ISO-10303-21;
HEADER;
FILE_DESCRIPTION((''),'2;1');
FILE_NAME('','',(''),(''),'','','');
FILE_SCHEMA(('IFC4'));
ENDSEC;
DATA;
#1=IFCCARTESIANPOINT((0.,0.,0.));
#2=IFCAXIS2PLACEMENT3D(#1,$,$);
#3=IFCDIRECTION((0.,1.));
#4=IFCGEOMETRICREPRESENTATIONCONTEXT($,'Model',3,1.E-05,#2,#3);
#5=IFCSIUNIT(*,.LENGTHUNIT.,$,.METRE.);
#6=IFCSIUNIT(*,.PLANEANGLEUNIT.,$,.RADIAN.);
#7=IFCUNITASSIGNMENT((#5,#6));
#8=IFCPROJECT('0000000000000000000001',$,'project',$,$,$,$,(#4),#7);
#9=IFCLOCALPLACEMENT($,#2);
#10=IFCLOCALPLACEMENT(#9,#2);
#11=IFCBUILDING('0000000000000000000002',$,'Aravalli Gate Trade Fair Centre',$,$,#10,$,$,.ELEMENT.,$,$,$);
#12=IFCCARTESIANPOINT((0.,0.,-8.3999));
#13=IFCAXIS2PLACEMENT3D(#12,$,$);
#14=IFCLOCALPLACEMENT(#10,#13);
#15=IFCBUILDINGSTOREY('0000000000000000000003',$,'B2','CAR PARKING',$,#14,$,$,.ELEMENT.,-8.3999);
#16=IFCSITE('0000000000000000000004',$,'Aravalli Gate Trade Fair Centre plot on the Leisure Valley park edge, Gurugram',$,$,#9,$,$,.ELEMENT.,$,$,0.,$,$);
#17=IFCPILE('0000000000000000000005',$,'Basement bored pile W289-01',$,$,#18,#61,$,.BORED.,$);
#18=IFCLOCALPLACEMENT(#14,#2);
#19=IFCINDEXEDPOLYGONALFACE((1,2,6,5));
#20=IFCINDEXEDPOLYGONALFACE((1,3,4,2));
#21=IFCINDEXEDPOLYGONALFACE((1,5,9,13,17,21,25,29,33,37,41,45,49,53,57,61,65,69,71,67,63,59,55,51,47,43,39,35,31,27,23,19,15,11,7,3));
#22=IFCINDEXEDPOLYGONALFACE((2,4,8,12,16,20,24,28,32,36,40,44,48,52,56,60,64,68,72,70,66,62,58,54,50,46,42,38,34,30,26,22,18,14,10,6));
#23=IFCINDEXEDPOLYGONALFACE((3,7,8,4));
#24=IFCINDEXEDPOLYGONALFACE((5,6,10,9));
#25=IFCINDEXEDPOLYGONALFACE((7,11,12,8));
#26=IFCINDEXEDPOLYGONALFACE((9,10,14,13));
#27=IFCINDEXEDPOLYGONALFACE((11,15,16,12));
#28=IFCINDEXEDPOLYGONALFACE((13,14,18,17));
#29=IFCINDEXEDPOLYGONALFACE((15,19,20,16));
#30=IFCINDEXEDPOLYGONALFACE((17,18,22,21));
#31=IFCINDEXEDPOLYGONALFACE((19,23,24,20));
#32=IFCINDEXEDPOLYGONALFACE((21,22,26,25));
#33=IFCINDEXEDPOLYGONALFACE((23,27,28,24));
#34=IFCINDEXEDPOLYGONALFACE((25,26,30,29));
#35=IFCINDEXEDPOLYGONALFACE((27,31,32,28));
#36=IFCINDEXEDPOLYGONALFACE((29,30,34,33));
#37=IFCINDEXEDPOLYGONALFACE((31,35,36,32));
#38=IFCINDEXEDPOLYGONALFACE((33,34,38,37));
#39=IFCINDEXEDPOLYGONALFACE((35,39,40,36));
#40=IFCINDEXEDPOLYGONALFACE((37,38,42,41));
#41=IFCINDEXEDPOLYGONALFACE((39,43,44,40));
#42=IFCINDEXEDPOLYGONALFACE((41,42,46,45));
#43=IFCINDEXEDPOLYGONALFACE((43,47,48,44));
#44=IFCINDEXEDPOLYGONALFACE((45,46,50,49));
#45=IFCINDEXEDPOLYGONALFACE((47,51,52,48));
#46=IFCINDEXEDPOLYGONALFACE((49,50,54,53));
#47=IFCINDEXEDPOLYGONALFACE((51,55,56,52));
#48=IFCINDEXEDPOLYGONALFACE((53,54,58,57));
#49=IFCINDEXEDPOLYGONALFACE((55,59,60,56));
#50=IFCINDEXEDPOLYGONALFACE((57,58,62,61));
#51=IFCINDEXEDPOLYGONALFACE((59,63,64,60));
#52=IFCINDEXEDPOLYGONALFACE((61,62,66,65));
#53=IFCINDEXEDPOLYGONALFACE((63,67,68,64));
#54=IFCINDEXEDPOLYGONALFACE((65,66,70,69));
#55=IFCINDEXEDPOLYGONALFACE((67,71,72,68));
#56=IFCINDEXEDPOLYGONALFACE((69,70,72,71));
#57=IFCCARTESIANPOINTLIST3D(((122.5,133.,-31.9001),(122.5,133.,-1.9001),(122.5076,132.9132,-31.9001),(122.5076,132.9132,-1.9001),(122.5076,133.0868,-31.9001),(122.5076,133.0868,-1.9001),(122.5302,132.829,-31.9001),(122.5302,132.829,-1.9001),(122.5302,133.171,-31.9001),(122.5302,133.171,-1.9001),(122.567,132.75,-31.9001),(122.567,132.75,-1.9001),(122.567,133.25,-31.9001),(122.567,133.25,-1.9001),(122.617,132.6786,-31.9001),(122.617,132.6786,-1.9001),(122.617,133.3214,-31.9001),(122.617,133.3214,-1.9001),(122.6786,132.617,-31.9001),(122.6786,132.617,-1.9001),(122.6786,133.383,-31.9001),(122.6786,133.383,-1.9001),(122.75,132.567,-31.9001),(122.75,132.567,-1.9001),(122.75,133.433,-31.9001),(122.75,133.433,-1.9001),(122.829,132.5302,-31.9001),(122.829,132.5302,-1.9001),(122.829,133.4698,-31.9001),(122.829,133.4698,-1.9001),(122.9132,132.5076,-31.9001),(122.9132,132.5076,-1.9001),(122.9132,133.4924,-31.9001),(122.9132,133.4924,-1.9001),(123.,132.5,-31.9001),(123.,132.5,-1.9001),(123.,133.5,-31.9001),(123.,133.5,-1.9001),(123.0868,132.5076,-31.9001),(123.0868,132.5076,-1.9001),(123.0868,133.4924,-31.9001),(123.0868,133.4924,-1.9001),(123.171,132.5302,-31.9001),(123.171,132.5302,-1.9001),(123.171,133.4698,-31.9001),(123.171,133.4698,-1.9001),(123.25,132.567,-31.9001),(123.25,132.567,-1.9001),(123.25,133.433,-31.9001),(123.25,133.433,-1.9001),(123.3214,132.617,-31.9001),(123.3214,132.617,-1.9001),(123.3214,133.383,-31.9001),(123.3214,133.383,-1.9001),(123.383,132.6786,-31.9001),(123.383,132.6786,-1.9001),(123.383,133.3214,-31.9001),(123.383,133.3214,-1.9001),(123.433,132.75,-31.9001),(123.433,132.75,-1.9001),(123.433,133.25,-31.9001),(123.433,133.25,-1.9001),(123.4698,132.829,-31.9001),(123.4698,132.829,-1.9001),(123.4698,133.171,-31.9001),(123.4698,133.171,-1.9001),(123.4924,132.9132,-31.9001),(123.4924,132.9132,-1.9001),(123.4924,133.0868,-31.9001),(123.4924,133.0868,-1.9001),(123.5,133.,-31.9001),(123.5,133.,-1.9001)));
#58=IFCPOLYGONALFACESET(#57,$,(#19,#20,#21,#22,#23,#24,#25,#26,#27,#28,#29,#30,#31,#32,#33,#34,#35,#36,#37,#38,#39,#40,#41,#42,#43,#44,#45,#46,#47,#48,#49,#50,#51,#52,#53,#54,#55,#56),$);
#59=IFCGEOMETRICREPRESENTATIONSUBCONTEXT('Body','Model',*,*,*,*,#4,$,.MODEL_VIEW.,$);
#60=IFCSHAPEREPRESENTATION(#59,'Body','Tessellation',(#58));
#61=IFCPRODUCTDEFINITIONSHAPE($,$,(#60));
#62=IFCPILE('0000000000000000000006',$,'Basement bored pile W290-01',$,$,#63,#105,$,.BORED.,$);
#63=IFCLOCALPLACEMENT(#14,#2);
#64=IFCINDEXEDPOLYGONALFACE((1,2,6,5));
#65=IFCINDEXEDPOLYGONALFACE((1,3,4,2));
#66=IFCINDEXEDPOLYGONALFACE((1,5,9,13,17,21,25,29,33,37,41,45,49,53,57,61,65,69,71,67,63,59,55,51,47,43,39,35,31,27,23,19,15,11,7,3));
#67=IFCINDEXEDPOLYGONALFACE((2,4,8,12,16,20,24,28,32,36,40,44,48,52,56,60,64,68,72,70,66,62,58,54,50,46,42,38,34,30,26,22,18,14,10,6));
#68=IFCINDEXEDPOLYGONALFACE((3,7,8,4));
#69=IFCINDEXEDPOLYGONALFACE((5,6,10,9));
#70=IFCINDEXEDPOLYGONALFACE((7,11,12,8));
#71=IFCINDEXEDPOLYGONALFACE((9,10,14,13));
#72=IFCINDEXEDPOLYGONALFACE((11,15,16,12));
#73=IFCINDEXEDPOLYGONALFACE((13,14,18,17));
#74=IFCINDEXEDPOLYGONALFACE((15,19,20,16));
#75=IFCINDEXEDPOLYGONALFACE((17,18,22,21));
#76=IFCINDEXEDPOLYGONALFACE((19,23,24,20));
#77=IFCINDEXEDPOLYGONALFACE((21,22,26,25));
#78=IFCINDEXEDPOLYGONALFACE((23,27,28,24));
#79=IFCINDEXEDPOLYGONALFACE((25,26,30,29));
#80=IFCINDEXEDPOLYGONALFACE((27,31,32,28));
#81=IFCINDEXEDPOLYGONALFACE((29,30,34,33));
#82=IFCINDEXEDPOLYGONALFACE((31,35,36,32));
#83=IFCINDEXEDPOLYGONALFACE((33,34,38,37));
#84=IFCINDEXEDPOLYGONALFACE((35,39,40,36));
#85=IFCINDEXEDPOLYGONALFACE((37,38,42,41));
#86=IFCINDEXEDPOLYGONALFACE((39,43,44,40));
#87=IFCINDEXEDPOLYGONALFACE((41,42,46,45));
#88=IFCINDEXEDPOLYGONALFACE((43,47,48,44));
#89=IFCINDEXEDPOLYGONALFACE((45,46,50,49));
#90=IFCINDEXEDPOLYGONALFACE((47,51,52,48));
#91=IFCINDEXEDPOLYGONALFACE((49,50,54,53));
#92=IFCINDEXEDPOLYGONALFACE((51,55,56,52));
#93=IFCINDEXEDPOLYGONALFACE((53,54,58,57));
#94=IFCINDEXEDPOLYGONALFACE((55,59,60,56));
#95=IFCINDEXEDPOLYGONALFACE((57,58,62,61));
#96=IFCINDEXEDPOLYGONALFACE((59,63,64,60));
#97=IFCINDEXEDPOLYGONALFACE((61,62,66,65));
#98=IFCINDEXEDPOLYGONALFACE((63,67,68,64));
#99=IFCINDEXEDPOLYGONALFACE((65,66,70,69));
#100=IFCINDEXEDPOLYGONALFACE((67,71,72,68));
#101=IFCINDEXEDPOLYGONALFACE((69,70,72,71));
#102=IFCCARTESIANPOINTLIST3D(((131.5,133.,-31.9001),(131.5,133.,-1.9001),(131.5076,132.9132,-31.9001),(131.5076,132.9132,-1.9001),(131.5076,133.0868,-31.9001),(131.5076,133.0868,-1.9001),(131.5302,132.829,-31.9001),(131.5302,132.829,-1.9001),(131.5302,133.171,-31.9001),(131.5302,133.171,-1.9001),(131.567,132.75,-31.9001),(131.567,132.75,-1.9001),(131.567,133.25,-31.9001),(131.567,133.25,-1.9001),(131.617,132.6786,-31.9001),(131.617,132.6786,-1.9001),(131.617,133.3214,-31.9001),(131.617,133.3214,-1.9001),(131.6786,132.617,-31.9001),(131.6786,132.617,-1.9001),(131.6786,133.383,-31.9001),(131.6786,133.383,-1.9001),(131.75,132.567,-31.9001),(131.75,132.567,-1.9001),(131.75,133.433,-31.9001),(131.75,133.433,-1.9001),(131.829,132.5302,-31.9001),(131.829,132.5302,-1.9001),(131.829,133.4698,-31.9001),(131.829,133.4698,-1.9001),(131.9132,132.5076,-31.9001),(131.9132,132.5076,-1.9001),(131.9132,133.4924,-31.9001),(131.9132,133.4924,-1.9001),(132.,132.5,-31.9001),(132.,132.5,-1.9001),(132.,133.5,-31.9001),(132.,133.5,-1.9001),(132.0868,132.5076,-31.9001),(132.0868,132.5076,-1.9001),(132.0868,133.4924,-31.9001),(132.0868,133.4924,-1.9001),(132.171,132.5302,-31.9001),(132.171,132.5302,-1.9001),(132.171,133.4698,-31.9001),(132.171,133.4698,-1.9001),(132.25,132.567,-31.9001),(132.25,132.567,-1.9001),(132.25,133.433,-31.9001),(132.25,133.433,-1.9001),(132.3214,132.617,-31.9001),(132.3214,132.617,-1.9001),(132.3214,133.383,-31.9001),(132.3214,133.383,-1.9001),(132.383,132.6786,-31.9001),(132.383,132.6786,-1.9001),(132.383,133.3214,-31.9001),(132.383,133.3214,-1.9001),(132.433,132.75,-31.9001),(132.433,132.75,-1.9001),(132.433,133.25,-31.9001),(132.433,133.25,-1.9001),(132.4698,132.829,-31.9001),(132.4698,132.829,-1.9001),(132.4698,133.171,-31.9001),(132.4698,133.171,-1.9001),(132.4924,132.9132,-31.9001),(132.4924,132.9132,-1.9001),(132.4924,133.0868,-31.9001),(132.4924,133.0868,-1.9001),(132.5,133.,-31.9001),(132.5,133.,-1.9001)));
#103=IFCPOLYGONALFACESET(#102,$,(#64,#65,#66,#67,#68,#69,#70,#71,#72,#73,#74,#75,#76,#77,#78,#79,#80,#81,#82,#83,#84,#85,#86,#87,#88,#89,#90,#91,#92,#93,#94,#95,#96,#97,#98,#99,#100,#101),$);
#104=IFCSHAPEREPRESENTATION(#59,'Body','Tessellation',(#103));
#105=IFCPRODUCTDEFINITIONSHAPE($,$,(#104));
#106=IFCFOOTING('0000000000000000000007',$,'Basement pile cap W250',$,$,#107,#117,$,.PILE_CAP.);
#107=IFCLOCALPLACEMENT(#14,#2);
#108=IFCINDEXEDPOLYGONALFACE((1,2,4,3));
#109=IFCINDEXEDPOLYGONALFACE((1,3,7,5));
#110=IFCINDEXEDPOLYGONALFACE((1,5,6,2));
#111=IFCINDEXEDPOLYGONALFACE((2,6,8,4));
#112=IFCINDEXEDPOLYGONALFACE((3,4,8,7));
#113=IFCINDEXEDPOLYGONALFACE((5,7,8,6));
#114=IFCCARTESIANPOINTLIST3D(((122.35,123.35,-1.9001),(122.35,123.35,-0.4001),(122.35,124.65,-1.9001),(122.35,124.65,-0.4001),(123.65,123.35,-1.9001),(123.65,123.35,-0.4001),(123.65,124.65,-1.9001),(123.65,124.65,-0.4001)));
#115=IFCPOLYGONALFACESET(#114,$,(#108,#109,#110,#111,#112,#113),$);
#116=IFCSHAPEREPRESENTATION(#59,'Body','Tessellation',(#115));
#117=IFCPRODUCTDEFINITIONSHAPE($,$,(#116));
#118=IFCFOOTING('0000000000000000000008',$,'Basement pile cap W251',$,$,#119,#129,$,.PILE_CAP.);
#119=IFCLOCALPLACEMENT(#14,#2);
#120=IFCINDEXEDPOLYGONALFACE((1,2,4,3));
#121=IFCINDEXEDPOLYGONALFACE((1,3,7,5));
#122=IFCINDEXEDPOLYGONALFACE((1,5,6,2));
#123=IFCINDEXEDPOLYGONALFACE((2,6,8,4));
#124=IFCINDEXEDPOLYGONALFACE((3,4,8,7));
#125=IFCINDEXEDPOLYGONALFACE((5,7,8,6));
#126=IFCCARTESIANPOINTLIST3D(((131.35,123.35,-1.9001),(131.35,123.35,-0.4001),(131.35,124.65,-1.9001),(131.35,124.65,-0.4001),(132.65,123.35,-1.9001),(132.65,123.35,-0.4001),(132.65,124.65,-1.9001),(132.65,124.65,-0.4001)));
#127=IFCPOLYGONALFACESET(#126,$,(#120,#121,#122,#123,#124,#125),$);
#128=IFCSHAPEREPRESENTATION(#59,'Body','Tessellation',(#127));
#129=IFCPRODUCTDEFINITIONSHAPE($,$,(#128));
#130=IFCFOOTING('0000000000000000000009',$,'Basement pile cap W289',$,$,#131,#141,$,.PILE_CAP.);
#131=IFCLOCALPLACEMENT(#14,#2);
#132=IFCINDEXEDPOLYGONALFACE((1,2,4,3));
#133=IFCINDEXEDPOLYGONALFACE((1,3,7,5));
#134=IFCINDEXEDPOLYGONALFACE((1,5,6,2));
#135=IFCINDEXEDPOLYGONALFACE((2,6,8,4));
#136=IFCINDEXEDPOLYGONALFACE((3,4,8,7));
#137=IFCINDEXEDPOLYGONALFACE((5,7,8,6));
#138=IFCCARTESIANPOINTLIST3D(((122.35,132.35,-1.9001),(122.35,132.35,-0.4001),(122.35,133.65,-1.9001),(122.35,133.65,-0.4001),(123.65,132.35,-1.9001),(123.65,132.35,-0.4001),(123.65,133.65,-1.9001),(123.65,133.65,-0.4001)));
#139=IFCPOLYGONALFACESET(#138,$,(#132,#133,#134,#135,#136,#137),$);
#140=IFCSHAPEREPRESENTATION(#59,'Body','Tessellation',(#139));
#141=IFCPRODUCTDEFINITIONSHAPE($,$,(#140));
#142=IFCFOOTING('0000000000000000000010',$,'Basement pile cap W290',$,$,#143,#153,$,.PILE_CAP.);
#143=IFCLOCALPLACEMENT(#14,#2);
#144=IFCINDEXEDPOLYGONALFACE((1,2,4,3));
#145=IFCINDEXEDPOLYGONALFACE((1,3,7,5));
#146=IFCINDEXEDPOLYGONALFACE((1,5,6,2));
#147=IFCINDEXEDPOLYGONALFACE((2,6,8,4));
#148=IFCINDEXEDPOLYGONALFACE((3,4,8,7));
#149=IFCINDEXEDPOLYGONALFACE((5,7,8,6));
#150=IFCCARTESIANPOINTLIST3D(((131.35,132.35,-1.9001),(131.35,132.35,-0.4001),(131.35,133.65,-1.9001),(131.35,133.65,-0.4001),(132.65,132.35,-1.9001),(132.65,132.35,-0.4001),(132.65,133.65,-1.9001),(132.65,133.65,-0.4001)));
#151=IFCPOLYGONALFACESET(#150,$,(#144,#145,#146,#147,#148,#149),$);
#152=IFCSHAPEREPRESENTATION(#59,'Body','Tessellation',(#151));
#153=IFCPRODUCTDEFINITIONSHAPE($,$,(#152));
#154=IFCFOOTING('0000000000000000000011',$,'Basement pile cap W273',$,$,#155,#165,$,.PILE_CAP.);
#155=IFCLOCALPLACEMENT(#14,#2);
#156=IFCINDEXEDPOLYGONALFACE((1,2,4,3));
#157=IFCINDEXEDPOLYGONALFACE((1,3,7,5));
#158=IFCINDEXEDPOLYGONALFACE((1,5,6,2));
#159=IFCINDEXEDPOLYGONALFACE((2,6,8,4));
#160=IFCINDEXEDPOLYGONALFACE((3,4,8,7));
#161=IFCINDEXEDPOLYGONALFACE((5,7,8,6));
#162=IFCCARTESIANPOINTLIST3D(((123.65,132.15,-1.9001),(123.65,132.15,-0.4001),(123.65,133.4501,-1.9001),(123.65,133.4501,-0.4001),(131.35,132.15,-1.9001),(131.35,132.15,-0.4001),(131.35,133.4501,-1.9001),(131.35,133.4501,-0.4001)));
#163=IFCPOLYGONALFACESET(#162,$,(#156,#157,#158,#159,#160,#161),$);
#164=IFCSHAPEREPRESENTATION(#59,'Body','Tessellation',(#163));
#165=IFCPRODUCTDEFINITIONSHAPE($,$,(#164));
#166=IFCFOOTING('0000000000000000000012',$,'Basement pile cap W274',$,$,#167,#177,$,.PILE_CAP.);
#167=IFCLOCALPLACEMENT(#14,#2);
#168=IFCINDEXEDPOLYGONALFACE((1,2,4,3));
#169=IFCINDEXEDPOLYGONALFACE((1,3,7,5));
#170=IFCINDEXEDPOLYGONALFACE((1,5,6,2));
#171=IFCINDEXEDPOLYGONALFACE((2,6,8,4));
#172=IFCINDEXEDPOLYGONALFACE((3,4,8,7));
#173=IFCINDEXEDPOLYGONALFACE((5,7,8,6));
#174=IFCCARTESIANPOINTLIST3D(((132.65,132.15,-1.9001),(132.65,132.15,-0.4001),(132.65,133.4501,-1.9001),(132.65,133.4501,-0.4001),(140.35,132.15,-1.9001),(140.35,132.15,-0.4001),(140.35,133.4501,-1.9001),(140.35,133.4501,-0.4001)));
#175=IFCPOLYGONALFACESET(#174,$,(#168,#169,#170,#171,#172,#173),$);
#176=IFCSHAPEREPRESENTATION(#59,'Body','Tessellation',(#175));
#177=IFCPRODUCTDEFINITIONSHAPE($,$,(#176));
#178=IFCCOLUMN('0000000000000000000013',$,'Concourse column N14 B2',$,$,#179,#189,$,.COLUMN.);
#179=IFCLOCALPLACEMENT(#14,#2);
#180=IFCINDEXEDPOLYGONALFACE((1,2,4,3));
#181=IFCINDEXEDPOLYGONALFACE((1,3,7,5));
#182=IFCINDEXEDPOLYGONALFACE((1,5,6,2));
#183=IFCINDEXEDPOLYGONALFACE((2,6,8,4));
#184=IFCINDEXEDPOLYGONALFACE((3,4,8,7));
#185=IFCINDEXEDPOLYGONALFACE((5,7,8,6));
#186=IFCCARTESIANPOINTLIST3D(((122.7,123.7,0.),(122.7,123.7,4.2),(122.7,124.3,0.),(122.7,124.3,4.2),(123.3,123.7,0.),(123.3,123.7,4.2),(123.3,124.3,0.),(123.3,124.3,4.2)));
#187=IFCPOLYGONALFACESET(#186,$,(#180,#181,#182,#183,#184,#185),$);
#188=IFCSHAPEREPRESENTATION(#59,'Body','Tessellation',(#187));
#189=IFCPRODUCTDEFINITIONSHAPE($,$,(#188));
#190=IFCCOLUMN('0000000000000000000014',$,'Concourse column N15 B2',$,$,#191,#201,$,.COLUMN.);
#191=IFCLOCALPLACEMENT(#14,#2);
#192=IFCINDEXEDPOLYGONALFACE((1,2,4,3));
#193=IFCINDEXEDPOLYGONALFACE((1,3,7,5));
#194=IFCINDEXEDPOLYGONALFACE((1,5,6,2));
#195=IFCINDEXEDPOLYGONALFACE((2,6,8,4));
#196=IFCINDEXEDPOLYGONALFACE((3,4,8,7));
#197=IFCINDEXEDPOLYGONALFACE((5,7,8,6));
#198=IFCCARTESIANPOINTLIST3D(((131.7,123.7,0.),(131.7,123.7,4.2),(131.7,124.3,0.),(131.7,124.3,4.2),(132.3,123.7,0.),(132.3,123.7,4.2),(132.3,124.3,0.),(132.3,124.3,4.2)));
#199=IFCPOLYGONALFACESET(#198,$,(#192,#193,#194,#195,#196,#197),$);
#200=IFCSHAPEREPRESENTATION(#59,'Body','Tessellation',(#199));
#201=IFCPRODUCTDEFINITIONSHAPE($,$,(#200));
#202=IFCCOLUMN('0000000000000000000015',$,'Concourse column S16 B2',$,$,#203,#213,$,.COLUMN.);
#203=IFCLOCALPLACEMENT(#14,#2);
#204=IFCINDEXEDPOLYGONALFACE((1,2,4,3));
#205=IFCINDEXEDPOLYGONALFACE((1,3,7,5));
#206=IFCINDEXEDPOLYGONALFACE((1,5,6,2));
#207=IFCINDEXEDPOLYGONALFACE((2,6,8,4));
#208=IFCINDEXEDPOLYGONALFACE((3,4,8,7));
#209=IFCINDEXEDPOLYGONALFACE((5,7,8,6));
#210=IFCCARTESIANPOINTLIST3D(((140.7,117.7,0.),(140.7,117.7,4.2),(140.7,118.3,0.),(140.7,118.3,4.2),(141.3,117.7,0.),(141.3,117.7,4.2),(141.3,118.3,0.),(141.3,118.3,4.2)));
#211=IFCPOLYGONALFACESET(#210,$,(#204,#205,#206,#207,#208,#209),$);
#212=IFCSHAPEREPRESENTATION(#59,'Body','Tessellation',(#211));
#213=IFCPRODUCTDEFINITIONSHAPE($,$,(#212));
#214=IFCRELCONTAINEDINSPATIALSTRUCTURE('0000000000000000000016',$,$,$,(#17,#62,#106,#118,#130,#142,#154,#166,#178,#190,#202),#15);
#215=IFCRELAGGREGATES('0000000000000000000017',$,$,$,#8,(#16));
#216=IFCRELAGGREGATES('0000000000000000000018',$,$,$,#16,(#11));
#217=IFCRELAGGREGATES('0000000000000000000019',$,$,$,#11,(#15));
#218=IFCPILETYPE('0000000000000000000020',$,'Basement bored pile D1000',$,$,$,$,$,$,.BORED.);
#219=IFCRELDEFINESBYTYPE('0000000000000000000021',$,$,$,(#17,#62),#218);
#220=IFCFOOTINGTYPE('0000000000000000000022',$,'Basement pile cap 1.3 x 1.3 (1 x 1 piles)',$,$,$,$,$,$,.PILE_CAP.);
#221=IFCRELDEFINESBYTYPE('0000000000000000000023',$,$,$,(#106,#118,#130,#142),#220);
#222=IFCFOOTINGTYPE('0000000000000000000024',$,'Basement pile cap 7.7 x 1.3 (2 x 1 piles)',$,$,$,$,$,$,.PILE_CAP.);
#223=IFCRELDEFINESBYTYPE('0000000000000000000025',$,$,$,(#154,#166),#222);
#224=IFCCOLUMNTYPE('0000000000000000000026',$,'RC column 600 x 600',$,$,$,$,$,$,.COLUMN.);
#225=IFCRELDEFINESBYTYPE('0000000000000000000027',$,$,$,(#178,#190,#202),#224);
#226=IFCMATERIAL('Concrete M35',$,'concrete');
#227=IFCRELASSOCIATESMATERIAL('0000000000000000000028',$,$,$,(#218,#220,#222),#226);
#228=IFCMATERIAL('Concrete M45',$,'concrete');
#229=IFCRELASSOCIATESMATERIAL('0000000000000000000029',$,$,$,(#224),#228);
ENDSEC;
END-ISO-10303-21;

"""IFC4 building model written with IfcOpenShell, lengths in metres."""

from ifc_helpers import new_model, si_unit, direction, frame, origin, origin_2d, place, context, subcontext, project, spatial, rectangle, circle, extrude, material, material_profile, profile_set, type_object, element, save


model = new_model("IFC4")

# Units and contexts
model_context = context("Model", 3, precision=1e-05, world=origin(), true_north=direction((0.0, 1.0)))
body_context = subcontext(model_context, "Body", "Model", "MODEL_VIEW")
ifc_project = project(units=[si_unit("LENGTHUNIT", "METRE"), si_unit("PLANEANGLEUNIT", "RADIAN")], contexts=[model_context])

# Site, building, storey
site_placement = place(None, origin())
site = spatial("IfcSite", under=ifc_project, at=site_placement, Name="Aravalli Gate Trade Fair Centre plot on the Leisure Valley park edge, Gurugram", CompositionType="ELEMENT", RefElevation=0.0)
building_placement = place(site_placement, origin())
building = spatial("IfcBuilding", under=site, at=building_placement, Name="Aravalli Gate Trade Fair Centre", CompositionType="ELEMENT")
storey_placement = place(building_placement, frame((0.0, 0.0, -8.3999)))
storey = spatial("IfcBuildingStorey", under=building, at=storey_placement, Name="B2", Description="CAR PARKING", CompositionType="ELEMENT", Elevation=-8.3999)

# Piles
ifc_material_1 = material(Name="Concrete M35", Category="concrete")
ifc_material_profile_1 = material_profile(ifc_material_1, circle(Radius=0.5, at=origin_2d()), Name="D1000")
ifc_profile_set_1 = profile_set([ifc_material_profile_1], Name="Concrete M35")
pile_type = type_object("IfcPileType", Name="Basement bored pile D1000", PredefinedType="BORED", material=ifc_profile_set_1)
for number, where, z_axis, x_axis, name in (
    (1, (123.0, 133.0, -1.9001), (0.0, 0.0, -1.0), (1.0, 0.0, 0.0), "Basement bored pile W289-01"),
    (2, (132.0, 133.0, -1.9001), (0.0, 0.0, -1.0), (1.0, 0.0, 0.0), "Basement bored pile W290-01"),
):
    element("IfcPile", number, at=place(storey_placement, frame(where, z_axis=z_axis, x_axis=x_axis)), inside=storey, type_object=pile_type, Name=name, PredefinedType="BORED", context=body_context, shape_type="SweptSolid", body=[
        extrude(circle(Radius=0.5, at=origin_2d()), origin(), (0.0, 0.0, 1.0), 30.0),
    ])

# Footings
footing_type_1 = type_object("IfcFootingType", Name="Basement pile cap 1.3 x 1.3 (1 x 1 piles)", PredefinedType="PILE_CAP", material=ifc_material_1)
for number, where, z_axis, x_axis, name in (
    (3, (123.0, 124.0, -1.9001), (0.0, 0.0, 1.0), (1.0, 0.0, 0.0), "Basement pile cap W250"),
    (4, (132.0, 124.0, -1.9001), (0.0, 0.0, 1.0), (1.0, 0.0, 0.0), "Basement pile cap W251"),
    (5, (123.0, 133.0, -1.9001), (0.0, 0.0, 1.0), (1.0, 0.0, 0.0), "Basement pile cap W289"),
    (6, (132.0, 133.0, -1.9001), (0.0, 0.0, 1.0), (1.0, 0.0, 0.0), "Basement pile cap W290"),
):
    element("IfcFooting", number, at=place(storey_placement, frame(where, z_axis=z_axis, x_axis=x_axis)), inside=storey, type_object=footing_type_1, Name=name, PredefinedType="PILE_CAP", context=body_context, shape_type="SweptSolid", body=[
        extrude(rectangle(XDim=1.3, YDim=1.3, at=origin_2d()), origin(), (0.0, 0.0, 1.0), 1.5),
    ])
footing_type_2 = type_object("IfcFootingType", Name="Basement pile cap 7.7 x 1.3 (2 x 1 piles)", PredefinedType="PILE_CAP", material=ifc_material_1)
for number, where, z_axis, x_axis, name in (
    (7, (127.5, 132.8, -1.9001), (0.0, 0.0, 1.0), (1.0, 0.0, 0.0), "Basement pile cap W273"),
    (8, (136.5, 132.8, -1.9001), (0.0, 0.0, 1.0), (1.0, 0.0, 0.0), "Basement pile cap W274"),
):
    element("IfcFooting", number, at=place(storey_placement, frame(where, z_axis=z_axis, x_axis=x_axis)), inside=storey, type_object=footing_type_2, Name=name, PredefinedType="PILE_CAP", context=body_context, shape_type="SweptSolid", body=[
        extrude(rectangle(XDim=7.7, YDim=1.3, at=origin_2d()), origin(), (0.0, 0.0, 1.0), 1.5),
    ])

# Columns
ifc_material_2 = material(Name="Concrete M45", Category="concrete")
ifc_material_profile_2 = material_profile(ifc_material_2, rectangle(XDim=0.6001, YDim=0.6001, at=origin_2d()), Name="RC column 600 x 600")
ifc_profile_set_2 = profile_set([ifc_material_profile_2], Name="Concrete M45")
column_type_1 = type_object("IfcColumnType", Name="RC column 600 x 600", PredefinedType="COLUMN", material=ifc_profile_set_2)
for number, where, z_axis, x_axis, name in (
    (9, (123.0, 124.0, 0.0), (0.0, 0.0, 1.0), (1.0, 0.0, 0.0), "Concourse column N14 B2"),
    (10, (132.0, 124.0, 0.0), (0.0, 0.0, 1.0), (1.0, 0.0, 0.0), "Concourse column N15 B2"),
    (11, (141.0, 118.0, 0.0), (0.0, 0.0, 1.0), (1.0, 0.0, 0.0), "Concourse column S16 B2"),
):
    element("IfcColumn", number, at=place(storey_placement, frame(where, z_axis=z_axis, x_axis=x_axis)), inside=storey, type_object=column_type_1, Name=name, PredefinedType="COLUMN", context=body_context, shape_type="SweptSolid", body=[
        extrude(rectangle(XDim=0.6001, YDim=0.6001, at=origin_2d()), origin(), (0.0, 0.0, 1.0), 4.2),
    ])

save(model, "model.ifc")
